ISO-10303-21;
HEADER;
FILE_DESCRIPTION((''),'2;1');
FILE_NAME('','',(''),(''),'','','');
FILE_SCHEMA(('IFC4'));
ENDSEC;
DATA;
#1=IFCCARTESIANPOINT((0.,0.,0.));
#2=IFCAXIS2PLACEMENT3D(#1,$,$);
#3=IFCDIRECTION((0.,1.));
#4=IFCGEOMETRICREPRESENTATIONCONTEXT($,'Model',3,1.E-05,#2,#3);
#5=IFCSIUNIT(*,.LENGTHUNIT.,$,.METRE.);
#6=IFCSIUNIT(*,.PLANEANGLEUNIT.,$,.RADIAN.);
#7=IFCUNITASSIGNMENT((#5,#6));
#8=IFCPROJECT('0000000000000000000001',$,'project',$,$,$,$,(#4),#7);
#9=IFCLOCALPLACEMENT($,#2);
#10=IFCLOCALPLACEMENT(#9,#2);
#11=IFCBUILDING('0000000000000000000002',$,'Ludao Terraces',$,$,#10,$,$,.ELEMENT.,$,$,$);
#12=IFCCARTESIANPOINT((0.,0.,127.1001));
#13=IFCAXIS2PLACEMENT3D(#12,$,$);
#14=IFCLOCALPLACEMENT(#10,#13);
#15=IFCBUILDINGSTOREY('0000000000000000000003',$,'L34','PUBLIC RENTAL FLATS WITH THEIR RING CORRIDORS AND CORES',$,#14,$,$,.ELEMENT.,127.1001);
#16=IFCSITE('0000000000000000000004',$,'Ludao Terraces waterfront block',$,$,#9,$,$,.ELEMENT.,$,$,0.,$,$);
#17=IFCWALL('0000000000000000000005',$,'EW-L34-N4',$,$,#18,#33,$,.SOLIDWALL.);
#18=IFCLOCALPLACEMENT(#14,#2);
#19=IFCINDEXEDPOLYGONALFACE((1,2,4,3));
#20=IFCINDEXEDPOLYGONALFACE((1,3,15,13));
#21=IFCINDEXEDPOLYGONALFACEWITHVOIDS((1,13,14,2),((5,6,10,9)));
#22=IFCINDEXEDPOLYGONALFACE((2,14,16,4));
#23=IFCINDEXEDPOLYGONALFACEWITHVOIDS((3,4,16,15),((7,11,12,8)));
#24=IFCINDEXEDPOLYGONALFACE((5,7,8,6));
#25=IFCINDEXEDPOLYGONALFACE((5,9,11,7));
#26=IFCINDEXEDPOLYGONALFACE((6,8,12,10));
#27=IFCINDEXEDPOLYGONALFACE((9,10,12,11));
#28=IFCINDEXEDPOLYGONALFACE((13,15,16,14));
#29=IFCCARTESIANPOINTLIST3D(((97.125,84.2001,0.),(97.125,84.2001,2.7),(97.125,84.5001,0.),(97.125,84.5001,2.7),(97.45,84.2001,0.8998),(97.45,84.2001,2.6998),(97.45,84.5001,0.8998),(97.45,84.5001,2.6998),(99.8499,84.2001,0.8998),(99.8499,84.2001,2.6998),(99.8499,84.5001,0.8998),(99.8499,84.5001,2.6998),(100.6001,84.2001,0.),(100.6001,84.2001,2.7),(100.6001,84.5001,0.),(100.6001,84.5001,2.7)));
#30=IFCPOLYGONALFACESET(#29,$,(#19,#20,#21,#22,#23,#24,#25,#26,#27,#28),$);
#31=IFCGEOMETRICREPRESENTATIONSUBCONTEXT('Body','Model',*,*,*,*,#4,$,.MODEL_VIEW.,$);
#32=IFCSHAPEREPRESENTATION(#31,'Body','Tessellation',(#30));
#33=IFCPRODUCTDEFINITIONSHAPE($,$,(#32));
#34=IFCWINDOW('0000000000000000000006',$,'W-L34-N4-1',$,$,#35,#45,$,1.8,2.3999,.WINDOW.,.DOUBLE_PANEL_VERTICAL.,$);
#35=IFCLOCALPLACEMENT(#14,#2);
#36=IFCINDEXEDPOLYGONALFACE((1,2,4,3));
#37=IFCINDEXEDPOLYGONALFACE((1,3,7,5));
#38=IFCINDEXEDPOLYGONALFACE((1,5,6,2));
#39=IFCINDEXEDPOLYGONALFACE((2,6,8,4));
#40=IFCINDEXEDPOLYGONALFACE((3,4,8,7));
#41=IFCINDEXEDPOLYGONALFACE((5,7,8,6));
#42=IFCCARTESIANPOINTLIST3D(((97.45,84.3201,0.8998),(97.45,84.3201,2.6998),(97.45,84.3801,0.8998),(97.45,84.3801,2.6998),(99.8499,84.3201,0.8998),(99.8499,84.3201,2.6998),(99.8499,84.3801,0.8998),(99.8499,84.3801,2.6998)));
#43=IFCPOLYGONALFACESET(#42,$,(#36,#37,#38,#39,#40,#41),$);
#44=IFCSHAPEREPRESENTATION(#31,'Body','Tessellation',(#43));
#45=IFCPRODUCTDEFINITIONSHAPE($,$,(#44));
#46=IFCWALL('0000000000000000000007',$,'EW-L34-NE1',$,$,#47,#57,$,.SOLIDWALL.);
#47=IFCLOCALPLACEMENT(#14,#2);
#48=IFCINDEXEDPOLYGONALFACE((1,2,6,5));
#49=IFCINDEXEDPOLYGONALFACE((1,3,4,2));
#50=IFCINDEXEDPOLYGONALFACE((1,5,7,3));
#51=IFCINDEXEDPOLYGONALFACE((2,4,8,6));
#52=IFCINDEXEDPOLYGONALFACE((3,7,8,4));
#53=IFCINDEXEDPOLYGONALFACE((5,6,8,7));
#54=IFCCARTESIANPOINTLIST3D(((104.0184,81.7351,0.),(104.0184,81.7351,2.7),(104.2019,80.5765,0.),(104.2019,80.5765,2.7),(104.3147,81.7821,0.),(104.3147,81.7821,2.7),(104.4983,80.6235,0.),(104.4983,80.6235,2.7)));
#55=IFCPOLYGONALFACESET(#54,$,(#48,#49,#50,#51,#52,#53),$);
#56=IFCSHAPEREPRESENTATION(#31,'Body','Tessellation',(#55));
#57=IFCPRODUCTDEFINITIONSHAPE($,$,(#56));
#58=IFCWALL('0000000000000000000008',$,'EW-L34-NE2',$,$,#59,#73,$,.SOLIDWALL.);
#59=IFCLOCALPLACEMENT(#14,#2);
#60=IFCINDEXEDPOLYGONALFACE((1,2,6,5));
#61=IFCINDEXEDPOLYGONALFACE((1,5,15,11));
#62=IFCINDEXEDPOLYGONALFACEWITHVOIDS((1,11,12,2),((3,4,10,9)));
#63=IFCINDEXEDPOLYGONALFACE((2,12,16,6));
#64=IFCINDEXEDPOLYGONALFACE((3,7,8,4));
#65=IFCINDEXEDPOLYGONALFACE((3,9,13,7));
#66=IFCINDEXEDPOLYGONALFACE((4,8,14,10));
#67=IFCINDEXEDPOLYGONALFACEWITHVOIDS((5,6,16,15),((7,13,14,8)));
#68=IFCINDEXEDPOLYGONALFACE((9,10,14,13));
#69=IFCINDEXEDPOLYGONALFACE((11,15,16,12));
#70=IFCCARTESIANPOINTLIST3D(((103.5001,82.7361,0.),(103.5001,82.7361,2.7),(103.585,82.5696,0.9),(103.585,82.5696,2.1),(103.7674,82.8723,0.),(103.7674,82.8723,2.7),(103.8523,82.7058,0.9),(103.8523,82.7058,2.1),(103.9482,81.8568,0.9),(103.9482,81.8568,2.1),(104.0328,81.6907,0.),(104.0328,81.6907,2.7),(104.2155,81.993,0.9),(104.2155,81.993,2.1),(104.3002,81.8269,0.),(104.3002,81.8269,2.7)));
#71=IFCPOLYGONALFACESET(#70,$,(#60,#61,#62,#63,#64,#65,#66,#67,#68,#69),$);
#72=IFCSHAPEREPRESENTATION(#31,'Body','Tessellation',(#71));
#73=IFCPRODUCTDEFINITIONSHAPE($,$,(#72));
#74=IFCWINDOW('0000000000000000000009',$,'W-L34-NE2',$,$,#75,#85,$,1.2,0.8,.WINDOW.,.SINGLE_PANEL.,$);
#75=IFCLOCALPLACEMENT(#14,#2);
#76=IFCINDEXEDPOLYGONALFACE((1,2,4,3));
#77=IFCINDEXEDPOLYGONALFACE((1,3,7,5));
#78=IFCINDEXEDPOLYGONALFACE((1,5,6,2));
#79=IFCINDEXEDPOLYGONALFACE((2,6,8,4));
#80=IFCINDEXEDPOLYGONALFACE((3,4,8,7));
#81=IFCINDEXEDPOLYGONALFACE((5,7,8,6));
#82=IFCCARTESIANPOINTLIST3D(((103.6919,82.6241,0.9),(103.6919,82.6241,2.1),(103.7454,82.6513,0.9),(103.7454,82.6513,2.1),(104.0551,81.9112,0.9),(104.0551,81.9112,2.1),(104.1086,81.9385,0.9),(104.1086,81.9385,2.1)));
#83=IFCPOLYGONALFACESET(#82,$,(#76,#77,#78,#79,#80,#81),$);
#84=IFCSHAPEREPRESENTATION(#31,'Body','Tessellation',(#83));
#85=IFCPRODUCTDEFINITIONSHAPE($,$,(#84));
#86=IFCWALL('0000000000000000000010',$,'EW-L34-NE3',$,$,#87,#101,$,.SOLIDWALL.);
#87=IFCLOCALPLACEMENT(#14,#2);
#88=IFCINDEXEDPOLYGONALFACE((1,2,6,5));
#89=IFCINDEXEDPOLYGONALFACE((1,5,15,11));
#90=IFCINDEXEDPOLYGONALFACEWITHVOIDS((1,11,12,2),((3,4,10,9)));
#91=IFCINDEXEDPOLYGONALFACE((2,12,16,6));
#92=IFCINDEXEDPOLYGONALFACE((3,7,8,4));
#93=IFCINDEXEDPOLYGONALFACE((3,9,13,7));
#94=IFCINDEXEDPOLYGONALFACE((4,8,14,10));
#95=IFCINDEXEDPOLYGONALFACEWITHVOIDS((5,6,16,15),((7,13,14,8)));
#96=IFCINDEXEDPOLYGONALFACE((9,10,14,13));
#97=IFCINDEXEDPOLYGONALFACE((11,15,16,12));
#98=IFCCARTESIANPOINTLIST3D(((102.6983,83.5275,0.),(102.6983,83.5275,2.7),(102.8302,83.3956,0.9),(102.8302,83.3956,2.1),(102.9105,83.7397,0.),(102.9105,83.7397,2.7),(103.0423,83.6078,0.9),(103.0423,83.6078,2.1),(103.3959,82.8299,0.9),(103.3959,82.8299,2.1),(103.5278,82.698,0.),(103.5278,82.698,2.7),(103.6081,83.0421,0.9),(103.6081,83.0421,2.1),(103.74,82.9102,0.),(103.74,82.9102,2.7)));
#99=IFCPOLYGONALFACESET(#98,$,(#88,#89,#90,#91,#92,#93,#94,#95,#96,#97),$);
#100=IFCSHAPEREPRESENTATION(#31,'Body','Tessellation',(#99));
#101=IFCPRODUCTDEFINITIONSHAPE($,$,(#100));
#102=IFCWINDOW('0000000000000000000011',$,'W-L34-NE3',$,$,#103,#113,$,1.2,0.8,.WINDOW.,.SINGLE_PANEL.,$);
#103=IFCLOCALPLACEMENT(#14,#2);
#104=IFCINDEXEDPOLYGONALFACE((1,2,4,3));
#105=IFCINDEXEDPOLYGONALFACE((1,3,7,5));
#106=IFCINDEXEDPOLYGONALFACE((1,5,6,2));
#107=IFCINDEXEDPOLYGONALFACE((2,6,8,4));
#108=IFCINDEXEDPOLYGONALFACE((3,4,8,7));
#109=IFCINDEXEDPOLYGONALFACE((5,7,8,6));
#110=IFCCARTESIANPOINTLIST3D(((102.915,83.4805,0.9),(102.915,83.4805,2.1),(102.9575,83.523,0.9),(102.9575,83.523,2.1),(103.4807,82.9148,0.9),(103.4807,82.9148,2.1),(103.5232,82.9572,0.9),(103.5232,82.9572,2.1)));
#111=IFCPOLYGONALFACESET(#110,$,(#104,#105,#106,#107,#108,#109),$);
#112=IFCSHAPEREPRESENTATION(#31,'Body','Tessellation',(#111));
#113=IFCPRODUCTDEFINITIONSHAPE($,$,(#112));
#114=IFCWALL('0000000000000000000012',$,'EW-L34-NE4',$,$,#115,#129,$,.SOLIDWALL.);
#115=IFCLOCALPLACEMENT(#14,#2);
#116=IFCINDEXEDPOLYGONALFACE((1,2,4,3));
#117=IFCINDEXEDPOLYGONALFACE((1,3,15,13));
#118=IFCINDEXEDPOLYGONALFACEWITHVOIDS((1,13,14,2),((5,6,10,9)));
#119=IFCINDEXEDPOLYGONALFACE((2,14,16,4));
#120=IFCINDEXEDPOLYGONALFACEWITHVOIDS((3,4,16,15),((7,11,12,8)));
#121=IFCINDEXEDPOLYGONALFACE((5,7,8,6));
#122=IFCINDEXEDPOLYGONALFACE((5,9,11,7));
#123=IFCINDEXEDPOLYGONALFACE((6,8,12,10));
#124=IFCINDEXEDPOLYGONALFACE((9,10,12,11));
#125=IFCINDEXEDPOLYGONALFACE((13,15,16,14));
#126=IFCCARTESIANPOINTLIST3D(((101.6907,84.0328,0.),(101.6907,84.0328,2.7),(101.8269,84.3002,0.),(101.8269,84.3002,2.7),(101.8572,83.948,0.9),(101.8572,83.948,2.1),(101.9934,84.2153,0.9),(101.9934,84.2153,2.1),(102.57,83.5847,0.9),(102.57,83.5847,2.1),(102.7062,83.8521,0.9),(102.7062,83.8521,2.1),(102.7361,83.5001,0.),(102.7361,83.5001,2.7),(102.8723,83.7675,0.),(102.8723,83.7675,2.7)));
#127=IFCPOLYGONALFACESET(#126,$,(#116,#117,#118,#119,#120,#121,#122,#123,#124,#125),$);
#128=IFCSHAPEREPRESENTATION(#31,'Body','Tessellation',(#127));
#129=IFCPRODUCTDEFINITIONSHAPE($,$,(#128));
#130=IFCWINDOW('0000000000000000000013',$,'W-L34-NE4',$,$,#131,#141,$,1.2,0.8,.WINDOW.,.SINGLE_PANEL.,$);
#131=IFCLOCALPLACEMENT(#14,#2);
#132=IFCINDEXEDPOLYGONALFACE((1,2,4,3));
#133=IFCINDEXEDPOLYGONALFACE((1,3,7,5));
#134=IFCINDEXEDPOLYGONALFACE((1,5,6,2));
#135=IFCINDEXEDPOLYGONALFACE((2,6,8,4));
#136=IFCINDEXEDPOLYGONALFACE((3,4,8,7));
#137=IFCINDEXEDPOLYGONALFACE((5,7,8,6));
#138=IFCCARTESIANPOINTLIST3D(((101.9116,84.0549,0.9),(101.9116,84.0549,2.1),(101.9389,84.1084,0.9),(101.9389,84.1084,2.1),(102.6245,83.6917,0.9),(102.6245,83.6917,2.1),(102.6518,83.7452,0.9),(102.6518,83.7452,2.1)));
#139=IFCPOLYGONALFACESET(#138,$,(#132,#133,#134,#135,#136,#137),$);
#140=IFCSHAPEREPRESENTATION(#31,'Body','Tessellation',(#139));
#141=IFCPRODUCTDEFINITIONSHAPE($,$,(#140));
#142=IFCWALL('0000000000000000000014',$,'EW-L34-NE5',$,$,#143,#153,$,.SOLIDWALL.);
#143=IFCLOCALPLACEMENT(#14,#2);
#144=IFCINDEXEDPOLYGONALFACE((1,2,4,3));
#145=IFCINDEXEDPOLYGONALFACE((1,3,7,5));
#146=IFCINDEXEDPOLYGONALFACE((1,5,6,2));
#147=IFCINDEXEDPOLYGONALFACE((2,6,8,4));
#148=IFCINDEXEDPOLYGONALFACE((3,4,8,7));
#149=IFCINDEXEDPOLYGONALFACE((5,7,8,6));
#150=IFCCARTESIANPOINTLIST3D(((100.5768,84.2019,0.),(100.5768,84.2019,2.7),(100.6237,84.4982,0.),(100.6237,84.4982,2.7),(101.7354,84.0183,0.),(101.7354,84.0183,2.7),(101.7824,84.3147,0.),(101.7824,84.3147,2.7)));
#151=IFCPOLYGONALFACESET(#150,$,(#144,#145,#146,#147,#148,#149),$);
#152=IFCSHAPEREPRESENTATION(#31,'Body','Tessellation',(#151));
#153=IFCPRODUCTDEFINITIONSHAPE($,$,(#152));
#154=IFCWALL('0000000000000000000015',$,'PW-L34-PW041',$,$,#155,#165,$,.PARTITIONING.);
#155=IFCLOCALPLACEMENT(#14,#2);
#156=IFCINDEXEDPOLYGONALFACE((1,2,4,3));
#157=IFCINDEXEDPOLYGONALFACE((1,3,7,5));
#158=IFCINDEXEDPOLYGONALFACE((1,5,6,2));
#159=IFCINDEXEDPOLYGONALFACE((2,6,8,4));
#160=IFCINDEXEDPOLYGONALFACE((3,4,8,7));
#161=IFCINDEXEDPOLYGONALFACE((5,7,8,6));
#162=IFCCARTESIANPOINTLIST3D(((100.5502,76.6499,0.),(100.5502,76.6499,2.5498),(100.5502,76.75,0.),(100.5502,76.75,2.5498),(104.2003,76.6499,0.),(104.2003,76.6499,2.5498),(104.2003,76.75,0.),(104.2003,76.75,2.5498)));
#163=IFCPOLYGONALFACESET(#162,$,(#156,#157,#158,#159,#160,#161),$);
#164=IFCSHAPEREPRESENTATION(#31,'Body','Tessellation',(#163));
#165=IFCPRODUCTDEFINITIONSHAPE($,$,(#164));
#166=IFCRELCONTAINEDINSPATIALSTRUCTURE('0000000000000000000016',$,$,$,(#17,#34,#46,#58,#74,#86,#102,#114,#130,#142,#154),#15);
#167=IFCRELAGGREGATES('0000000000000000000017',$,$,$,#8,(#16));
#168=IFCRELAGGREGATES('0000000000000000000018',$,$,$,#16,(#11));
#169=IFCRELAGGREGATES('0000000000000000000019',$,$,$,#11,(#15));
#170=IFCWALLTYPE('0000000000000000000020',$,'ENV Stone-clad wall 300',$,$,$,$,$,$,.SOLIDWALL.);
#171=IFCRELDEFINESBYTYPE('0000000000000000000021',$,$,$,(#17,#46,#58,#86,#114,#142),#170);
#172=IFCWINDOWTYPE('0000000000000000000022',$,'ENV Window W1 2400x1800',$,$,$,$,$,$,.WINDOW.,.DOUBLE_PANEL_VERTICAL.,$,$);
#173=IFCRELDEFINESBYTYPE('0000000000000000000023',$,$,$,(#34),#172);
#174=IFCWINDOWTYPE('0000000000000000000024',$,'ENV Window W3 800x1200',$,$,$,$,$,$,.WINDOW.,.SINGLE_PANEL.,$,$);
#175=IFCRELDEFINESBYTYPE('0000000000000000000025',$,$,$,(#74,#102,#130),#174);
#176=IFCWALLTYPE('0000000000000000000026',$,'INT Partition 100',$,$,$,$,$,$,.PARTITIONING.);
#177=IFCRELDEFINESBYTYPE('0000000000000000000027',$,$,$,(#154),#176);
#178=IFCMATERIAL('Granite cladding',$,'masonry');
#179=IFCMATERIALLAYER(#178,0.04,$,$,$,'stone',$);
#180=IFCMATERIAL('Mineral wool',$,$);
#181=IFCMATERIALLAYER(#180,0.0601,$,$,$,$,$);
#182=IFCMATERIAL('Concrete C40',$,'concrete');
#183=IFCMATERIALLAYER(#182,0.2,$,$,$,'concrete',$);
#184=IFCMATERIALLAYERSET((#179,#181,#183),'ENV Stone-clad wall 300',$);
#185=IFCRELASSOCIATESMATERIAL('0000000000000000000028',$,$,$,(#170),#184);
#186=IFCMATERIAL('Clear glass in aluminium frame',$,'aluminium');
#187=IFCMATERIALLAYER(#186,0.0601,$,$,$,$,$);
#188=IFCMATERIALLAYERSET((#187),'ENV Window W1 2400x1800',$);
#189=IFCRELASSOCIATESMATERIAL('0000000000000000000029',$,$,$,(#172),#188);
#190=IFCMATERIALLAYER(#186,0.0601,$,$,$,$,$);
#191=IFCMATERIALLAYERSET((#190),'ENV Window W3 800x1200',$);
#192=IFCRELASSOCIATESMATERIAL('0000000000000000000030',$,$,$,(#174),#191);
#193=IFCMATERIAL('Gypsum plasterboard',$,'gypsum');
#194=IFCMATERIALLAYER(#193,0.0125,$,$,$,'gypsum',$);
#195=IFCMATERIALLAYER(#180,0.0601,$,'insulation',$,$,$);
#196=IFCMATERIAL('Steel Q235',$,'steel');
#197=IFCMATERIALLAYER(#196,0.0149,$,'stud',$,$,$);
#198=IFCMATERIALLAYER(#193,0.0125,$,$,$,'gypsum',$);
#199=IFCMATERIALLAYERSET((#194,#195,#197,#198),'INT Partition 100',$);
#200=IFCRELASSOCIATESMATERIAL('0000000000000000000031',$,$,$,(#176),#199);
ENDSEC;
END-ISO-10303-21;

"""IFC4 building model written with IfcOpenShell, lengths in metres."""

from ifc_helpers import new_model, si_unit, direction, frame, frame_2d, origin, place, context, subcontext, project, spatial, rectangle, extrude, material, layer, layer_set, type_object, element, fill, save


model = new_model("IFC4")

# Units and contexts
model_context = context("Model", 3, precision=1e-05, world=origin(), true_north=direction((0.0, 1.0)))
body_context = subcontext(model_context, "Body", "Model", "MODEL_VIEW")
ifc_project = project(units=[si_unit("LENGTHUNIT", "METRE"), si_unit("PLANEANGLEUNIT", "RADIAN")], contexts=[model_context])

# Site, building, storey
site_placement = place(None, origin())
site = spatial("IfcSite", under=ifc_project, at=site_placement, Name="Ludao Terraces waterfront block", CompositionType="ELEMENT", RefElevation=0.0)
building_placement = place(site_placement, origin())
building = spatial("IfcBuilding", under=site, at=building_placement, Name="Ludao Terraces", CompositionType="ELEMENT")
storey_placement = place(building_placement, frame((0.0, 0.0, 127.1001)))
storey = spatial("IfcBuildingStorey", under=building, at=storey_placement, Name="L34", Description="PUBLIC RENTAL FLATS WITH THEIR RING CORRIDORS AND CORES", CompositionType="ELEMENT", Elevation=127.1001)

# Shared definitions
ifc_material_1 = material(Name="Concrete C40", Category="concrete")

# Shared definitions
ifc_material_2 = material(Name="Steel Q235", Category="steel")

# Shared definitions
ifc_material_3 = material(Name="Granite cladding", Category="masonry")
ifc_layer_1 = layer(ifc_material_3, 0.04, Category="stone")
ifc_material_4 = material(Name="Mineral wool")
ifc_layer_2 = layer(ifc_material_4, 0.0601)
ifc_layer_3 = layer(ifc_material_1, 0.2, Category="concrete")
ifc_layer_set_1 = layer_set([ifc_layer_1, ifc_layer_2, ifc_layer_3], Name="ENV Stone-clad wall 300")
wall_type_1 = type_object("IfcWallType", Name="ENV Stone-clad wall 300", PredefinedType="SOLIDWALL", material=ifc_layer_set_1)
ifc_material_5 = material(Name="Clear glass in aluminium frame", Category="aluminium")
ifc_layer_4 = layer(ifc_material_5, 0.0601)
ifc_layer_set_2 = layer_set([ifc_layer_4], Name="ENV Window W1 2400x1800")
window_type_1 = type_object("IfcWindowType", Name="ENV Window W1 2400x1800", PartitioningType="DOUBLE_PANEL_VERTICAL", PredefinedType="WINDOW", material=ifc_layer_set_2)

# Wall, opening, window
wall_1_placement = place(storey_placement, frame((97.125, 84.3501, 0.0), z_axis=(0.0, 0.0, 1.0), x_axis=(1.0, 0.0, 0.0)))
wall_1 = element("IfcWall", 1, at=wall_1_placement, inside=storey, type_object=wall_type_1, Name="EW-L34-N4", PredefinedType="SOLIDWALL", context=body_context, shape_type="SweptSolid", body=[
    extrude(rectangle(XDim=3.4751, YDim=0.3, at=frame_2d((1.7375, 0.0))), origin(), (0.0, 0.0, 1.0), 2.7),
])
opening_1_placement = place(wall_1_placement, frame((0.325, 0.0, 0.8999)))
opening_1 = element("IfcOpeningElement", 2, at=opening_1_placement, cuts=wall_1, PredefinedType="OPENING", context=body_context, shape_type="SweptSolid", body=[
    extrude(rectangle(XDim=2.3999, YDim=1.8, at=frame_2d((1.2, 0.8999))), frame((0.0, 0.1602, 0.0), z_axis=(0.0, -1.0, 0.0), x_axis=(1.0, 0.0, 0.0)), (0.0, 0.0, 1.0), 0.3201),
])
window_1_placement = place(opening_1_placement, origin())
window_1 = element("IfcWindow", 3, at=window_1_placement, inside=storey, type_object=window_type_1, Name="W-L34-N4-1", OverallHeight=1.8, OverallWidth=2.3999, PartitioningType="DOUBLE_PANEL_VERTICAL", PredefinedType="WINDOW", context=body_context, shape_type="SweptSolid", body=[
    extrude(rectangle(XDim=2.3999, YDim=1.8, at=frame_2d((1.2, 0.8999))), frame((0.0, 0.03, 0.0), z_axis=(0.0, -1.0, 0.0), x_axis=(1.0, 0.0, 0.0)), (0.0, 0.0, 1.0), 0.0601),
])
fill(opening_1, window_1)

# Wall
wall_2_placement = place(storey_placement, frame((104.3501, 80.6001, 0.0), z_axis=(0.0, 0.0, 1.0), x_axis=(-0.156497, 0.987678, 0.0)))
element("IfcWall", 4, at=wall_2_placement, inside=storey, type_object=wall_type_1, Name="EW-L34-NE1", PredefinedType="SOLIDWALL", context=body_context, shape_type="SweptSolid", body=[
    extrude(rectangle(XDim=1.1731, YDim=0.3, at=frame_2d((0.5864, 0.0))), origin(), (0.0, 0.0, 1.0), 2.7),
])

# Walls, openings, windows
wall_3_placement = place(storey_placement, frame((104.1665, 81.7588, 0.0), z_axis=(0.0, 0.0, 1.0), x_axis=(-0.454026, 0.890989, 0.0)))
wall_3 = element("IfcWall", 5, at=wall_3_placement, inside=storey, type_object=wall_type_1, Name="EW-L34-NE2", PredefinedType="SOLIDWALL", context=body_context, shape_type="SweptSolid", body=[
    extrude(rectangle(XDim=1.1733, YDim=0.3, at=frame_2d((0.5867, 0.0))), origin(), (0.0, 0.0, 1.0), 2.7),
])
opening_2_placement = place(wall_3_placement, frame((0.1865, 0.0, 0.8999)))
opening_2 = element("IfcOpeningElement", 6, at=opening_2_placement, cuts=wall_3, PredefinedType="OPENING", context=body_context, shape_type="SweptSolid", body=[
    extrude(rectangle(XDim=0.8, YDim=1.2, at=frame_2d((0.3999, 0.6001))), frame((0.0, 0.1602, 0.0), z_axis=(0.0, -1.0, 0.0), x_axis=(1.0, 0.0, 0.0)), (0.0, 0.0, 1.0), 0.3201),
])
ifc_layer_5 = layer(ifc_material_5, 0.0601)
ifc_layer_set_3 = layer_set([ifc_layer_5], Name="ENV Window W3 800x1200")
window_type_2 = type_object("IfcWindowType", Name="ENV Window W3 800x1200", PartitioningType="SINGLE_PANEL", PredefinedType="WINDOW", material=ifc_layer_set_3)
window_2_placement = place(opening_2_placement, origin())
window_2 = element("IfcWindow", 7, at=window_2_placement, inside=storey, type_object=window_type_2, Name="W-L34-NE2", OverallHeight=1.2, OverallWidth=0.8, PartitioningType="SINGLE_PANEL", PredefinedType="WINDOW", context=body_context, shape_type="SweptSolid", body=[
    extrude(rectangle(XDim=0.8, YDim=1.2, at=frame_2d((0.3999, 0.6001))), frame((0.0, 0.03, 0.0), z_axis=(0.0, -1.0, 0.0), x_axis=(1.0, 0.0, 0.0)), (0.0, 0.0, 1.0), 0.0601),
])
fill(opening_2, window_2)
wall_4_placement = place(storey_placement, frame((103.6338, 82.8042, 0.0), z_axis=(0.0, 0.0, 1.0), x_axis=(-0.707107, 0.707107, 0.0)))
wall_4 = element("IfcWall", 8, at=wall_4_placement, inside=storey, type_object=wall_type_1, Name="EW-L34-NE3", PredefinedType="SOLIDWALL", context=body_context, shape_type="SweptSolid", body=[
    extrude(rectangle(XDim=1.1731, YDim=0.3, at=frame_2d((0.5864, 0.0))), origin(), (0.0, 0.0, 1.0), 2.7),
])
opening_3_placement = place(wall_4_placement, frame((0.1865, 0.0, 0.8999)))
opening_3 = element("IfcOpeningElement", 9, at=opening_3_placement, cuts=wall_4, PredefinedType="OPENING", context=body_context, shape_type="SweptSolid", body=[
    extrude(rectangle(XDim=0.8, YDim=1.2, at=frame_2d((0.3999, 0.6001))), frame((0.0, 0.1602, 0.0), z_axis=(0.0, -1.0, 0.0), x_axis=(1.0, 0.0, 0.0)), (0.0, 0.0, 1.0), 0.3201),
])
window_3_placement = place(opening_3_placement, origin())
window_3 = element("IfcWindow", 10, at=window_3_placement, inside=storey, type_object=window_type_2, Name="W-L34-NE3", OverallHeight=1.2, OverallWidth=0.8, PartitioningType="SINGLE_PANEL", PredefinedType="WINDOW", context=body_context, shape_type="SweptSolid", body=[
    extrude(rectangle(XDim=0.8, YDim=1.2, at=frame_2d((0.3999, 0.6001))), frame((0.0, 0.03, 0.0), z_axis=(0.0, -1.0, 0.0), x_axis=(1.0, 0.0, 0.0)), (0.0, 0.0, 1.0), 0.0601),
])
fill(opening_3, window_3)
wall_5_placement = place(storey_placement, frame((102.8042, 83.6338, 0.0), z_axis=(0.0, 0.0, 1.0), x_axis=(-0.890989, 0.454026, 0.0)))
wall_5 = element("IfcWall", 11, at=wall_5_placement, inside=storey, type_object=wall_type_1, Name="EW-L34-NE4", PredefinedType="SOLIDWALL", context=body_context, shape_type="SweptSolid", body=[
    extrude(rectangle(XDim=1.1733, YDim=0.3, at=frame_2d((0.5867, 0.0))), origin(), (0.0, 0.0, 1.0), 2.7),
])
opening_4_placement = place(wall_5_placement, frame((0.1865, 0.0, 0.8999)))
opening_4 = element("IfcOpeningElement", 12, at=opening_4_placement, cuts=wall_5, PredefinedType="OPENING", context=body_context, shape_type="SweptSolid", body=[
    extrude(rectangle(XDim=0.8, YDim=1.2, at=frame_2d((0.3999, 0.6001))), frame((0.0, 0.1602, 0.0), z_axis=(0.0, -1.0, 0.0), x_axis=(1.0, 0.0, 0.0)), (0.0, 0.0, 1.0), 0.3201),
])
window_4_placement = place(opening_4_placement, origin())
window_4 = element("IfcWindow", 13, at=window_4_placement, inside=storey, type_object=window_type_2, Name="W-L34-NE4", OverallHeight=1.2, OverallWidth=0.8, PartitioningType="SINGLE_PANEL", PredefinedType="WINDOW", context=body_context, shape_type="SweptSolid", body=[
    extrude(rectangle(XDim=0.8, YDim=1.2, at=frame_2d((0.3999, 0.6001))), frame((0.0, 0.03, 0.0), z_axis=(0.0, -1.0, 0.0), x_axis=(1.0, 0.0, 0.0)), (0.0, 0.0, 1.0), 0.0601),
])
fill(opening_4, window_4)

# Walls
wall_6_placement = place(storey_placement, frame((101.7588, 84.1665, 0.0), z_axis=(0.0, 0.0, 1.0), x_axis=(-0.987678, 0.156497, 0.0)))
element("IfcWall", 14, at=wall_6_placement, inside=storey, type_object=wall_type_1, Name="EW-L34-NE5", PredefinedType="SOLIDWALL", context=body_context, shape_type="SweptSolid", body=[
    extrude(rectangle(XDim=1.1731, YDim=0.3, at=frame_2d((0.5864, 0.0))), origin(), (0.0, 0.0, 1.0), 2.7),
])
ifc_material_6 = material(Name="Gypsum plasterboard", Category="gypsum")
ifc_layer_6 = layer(ifc_material_6, 0.0125, Category="gypsum")
ifc_layer_7 = layer(ifc_material_4, 0.0601, Name="insulation")
ifc_layer_8 = layer(ifc_material_2, 0.0149, Name="stud")
ifc_layer_9 = layer(ifc_material_6, 0.0125, Category="gypsum")
ifc_layer_set_4 = layer_set([ifc_layer_6, ifc_layer_7, ifc_layer_8, ifc_layer_9], Name="INT Partition 100")
wall_type_2 = type_object("IfcWallType", Name="INT Partition 100", PredefinedType="PARTITIONING", material=ifc_layer_set_4)
wall_7_placement = place(storey_placement, frame((100.55, 76.7, 0.0), z_axis=(0.0, 0.0, 1.0), x_axis=(1.0, 0.0, 0.0)))
element("IfcWall", 15, at=wall_7_placement, inside=storey, type_object=wall_type_2, Name="PW-L34-PW041", PredefinedType="PARTITIONING", context=body_context, shape_type="SweptSolid", body=[
    extrude(rectangle(XDim=3.6501, YDim=0.1001, at=frame_2d((1.8252, 0.0))), origin(), (0.0, 0.0, 1.0), 2.5498),
])

save(model, "model.ifc")
